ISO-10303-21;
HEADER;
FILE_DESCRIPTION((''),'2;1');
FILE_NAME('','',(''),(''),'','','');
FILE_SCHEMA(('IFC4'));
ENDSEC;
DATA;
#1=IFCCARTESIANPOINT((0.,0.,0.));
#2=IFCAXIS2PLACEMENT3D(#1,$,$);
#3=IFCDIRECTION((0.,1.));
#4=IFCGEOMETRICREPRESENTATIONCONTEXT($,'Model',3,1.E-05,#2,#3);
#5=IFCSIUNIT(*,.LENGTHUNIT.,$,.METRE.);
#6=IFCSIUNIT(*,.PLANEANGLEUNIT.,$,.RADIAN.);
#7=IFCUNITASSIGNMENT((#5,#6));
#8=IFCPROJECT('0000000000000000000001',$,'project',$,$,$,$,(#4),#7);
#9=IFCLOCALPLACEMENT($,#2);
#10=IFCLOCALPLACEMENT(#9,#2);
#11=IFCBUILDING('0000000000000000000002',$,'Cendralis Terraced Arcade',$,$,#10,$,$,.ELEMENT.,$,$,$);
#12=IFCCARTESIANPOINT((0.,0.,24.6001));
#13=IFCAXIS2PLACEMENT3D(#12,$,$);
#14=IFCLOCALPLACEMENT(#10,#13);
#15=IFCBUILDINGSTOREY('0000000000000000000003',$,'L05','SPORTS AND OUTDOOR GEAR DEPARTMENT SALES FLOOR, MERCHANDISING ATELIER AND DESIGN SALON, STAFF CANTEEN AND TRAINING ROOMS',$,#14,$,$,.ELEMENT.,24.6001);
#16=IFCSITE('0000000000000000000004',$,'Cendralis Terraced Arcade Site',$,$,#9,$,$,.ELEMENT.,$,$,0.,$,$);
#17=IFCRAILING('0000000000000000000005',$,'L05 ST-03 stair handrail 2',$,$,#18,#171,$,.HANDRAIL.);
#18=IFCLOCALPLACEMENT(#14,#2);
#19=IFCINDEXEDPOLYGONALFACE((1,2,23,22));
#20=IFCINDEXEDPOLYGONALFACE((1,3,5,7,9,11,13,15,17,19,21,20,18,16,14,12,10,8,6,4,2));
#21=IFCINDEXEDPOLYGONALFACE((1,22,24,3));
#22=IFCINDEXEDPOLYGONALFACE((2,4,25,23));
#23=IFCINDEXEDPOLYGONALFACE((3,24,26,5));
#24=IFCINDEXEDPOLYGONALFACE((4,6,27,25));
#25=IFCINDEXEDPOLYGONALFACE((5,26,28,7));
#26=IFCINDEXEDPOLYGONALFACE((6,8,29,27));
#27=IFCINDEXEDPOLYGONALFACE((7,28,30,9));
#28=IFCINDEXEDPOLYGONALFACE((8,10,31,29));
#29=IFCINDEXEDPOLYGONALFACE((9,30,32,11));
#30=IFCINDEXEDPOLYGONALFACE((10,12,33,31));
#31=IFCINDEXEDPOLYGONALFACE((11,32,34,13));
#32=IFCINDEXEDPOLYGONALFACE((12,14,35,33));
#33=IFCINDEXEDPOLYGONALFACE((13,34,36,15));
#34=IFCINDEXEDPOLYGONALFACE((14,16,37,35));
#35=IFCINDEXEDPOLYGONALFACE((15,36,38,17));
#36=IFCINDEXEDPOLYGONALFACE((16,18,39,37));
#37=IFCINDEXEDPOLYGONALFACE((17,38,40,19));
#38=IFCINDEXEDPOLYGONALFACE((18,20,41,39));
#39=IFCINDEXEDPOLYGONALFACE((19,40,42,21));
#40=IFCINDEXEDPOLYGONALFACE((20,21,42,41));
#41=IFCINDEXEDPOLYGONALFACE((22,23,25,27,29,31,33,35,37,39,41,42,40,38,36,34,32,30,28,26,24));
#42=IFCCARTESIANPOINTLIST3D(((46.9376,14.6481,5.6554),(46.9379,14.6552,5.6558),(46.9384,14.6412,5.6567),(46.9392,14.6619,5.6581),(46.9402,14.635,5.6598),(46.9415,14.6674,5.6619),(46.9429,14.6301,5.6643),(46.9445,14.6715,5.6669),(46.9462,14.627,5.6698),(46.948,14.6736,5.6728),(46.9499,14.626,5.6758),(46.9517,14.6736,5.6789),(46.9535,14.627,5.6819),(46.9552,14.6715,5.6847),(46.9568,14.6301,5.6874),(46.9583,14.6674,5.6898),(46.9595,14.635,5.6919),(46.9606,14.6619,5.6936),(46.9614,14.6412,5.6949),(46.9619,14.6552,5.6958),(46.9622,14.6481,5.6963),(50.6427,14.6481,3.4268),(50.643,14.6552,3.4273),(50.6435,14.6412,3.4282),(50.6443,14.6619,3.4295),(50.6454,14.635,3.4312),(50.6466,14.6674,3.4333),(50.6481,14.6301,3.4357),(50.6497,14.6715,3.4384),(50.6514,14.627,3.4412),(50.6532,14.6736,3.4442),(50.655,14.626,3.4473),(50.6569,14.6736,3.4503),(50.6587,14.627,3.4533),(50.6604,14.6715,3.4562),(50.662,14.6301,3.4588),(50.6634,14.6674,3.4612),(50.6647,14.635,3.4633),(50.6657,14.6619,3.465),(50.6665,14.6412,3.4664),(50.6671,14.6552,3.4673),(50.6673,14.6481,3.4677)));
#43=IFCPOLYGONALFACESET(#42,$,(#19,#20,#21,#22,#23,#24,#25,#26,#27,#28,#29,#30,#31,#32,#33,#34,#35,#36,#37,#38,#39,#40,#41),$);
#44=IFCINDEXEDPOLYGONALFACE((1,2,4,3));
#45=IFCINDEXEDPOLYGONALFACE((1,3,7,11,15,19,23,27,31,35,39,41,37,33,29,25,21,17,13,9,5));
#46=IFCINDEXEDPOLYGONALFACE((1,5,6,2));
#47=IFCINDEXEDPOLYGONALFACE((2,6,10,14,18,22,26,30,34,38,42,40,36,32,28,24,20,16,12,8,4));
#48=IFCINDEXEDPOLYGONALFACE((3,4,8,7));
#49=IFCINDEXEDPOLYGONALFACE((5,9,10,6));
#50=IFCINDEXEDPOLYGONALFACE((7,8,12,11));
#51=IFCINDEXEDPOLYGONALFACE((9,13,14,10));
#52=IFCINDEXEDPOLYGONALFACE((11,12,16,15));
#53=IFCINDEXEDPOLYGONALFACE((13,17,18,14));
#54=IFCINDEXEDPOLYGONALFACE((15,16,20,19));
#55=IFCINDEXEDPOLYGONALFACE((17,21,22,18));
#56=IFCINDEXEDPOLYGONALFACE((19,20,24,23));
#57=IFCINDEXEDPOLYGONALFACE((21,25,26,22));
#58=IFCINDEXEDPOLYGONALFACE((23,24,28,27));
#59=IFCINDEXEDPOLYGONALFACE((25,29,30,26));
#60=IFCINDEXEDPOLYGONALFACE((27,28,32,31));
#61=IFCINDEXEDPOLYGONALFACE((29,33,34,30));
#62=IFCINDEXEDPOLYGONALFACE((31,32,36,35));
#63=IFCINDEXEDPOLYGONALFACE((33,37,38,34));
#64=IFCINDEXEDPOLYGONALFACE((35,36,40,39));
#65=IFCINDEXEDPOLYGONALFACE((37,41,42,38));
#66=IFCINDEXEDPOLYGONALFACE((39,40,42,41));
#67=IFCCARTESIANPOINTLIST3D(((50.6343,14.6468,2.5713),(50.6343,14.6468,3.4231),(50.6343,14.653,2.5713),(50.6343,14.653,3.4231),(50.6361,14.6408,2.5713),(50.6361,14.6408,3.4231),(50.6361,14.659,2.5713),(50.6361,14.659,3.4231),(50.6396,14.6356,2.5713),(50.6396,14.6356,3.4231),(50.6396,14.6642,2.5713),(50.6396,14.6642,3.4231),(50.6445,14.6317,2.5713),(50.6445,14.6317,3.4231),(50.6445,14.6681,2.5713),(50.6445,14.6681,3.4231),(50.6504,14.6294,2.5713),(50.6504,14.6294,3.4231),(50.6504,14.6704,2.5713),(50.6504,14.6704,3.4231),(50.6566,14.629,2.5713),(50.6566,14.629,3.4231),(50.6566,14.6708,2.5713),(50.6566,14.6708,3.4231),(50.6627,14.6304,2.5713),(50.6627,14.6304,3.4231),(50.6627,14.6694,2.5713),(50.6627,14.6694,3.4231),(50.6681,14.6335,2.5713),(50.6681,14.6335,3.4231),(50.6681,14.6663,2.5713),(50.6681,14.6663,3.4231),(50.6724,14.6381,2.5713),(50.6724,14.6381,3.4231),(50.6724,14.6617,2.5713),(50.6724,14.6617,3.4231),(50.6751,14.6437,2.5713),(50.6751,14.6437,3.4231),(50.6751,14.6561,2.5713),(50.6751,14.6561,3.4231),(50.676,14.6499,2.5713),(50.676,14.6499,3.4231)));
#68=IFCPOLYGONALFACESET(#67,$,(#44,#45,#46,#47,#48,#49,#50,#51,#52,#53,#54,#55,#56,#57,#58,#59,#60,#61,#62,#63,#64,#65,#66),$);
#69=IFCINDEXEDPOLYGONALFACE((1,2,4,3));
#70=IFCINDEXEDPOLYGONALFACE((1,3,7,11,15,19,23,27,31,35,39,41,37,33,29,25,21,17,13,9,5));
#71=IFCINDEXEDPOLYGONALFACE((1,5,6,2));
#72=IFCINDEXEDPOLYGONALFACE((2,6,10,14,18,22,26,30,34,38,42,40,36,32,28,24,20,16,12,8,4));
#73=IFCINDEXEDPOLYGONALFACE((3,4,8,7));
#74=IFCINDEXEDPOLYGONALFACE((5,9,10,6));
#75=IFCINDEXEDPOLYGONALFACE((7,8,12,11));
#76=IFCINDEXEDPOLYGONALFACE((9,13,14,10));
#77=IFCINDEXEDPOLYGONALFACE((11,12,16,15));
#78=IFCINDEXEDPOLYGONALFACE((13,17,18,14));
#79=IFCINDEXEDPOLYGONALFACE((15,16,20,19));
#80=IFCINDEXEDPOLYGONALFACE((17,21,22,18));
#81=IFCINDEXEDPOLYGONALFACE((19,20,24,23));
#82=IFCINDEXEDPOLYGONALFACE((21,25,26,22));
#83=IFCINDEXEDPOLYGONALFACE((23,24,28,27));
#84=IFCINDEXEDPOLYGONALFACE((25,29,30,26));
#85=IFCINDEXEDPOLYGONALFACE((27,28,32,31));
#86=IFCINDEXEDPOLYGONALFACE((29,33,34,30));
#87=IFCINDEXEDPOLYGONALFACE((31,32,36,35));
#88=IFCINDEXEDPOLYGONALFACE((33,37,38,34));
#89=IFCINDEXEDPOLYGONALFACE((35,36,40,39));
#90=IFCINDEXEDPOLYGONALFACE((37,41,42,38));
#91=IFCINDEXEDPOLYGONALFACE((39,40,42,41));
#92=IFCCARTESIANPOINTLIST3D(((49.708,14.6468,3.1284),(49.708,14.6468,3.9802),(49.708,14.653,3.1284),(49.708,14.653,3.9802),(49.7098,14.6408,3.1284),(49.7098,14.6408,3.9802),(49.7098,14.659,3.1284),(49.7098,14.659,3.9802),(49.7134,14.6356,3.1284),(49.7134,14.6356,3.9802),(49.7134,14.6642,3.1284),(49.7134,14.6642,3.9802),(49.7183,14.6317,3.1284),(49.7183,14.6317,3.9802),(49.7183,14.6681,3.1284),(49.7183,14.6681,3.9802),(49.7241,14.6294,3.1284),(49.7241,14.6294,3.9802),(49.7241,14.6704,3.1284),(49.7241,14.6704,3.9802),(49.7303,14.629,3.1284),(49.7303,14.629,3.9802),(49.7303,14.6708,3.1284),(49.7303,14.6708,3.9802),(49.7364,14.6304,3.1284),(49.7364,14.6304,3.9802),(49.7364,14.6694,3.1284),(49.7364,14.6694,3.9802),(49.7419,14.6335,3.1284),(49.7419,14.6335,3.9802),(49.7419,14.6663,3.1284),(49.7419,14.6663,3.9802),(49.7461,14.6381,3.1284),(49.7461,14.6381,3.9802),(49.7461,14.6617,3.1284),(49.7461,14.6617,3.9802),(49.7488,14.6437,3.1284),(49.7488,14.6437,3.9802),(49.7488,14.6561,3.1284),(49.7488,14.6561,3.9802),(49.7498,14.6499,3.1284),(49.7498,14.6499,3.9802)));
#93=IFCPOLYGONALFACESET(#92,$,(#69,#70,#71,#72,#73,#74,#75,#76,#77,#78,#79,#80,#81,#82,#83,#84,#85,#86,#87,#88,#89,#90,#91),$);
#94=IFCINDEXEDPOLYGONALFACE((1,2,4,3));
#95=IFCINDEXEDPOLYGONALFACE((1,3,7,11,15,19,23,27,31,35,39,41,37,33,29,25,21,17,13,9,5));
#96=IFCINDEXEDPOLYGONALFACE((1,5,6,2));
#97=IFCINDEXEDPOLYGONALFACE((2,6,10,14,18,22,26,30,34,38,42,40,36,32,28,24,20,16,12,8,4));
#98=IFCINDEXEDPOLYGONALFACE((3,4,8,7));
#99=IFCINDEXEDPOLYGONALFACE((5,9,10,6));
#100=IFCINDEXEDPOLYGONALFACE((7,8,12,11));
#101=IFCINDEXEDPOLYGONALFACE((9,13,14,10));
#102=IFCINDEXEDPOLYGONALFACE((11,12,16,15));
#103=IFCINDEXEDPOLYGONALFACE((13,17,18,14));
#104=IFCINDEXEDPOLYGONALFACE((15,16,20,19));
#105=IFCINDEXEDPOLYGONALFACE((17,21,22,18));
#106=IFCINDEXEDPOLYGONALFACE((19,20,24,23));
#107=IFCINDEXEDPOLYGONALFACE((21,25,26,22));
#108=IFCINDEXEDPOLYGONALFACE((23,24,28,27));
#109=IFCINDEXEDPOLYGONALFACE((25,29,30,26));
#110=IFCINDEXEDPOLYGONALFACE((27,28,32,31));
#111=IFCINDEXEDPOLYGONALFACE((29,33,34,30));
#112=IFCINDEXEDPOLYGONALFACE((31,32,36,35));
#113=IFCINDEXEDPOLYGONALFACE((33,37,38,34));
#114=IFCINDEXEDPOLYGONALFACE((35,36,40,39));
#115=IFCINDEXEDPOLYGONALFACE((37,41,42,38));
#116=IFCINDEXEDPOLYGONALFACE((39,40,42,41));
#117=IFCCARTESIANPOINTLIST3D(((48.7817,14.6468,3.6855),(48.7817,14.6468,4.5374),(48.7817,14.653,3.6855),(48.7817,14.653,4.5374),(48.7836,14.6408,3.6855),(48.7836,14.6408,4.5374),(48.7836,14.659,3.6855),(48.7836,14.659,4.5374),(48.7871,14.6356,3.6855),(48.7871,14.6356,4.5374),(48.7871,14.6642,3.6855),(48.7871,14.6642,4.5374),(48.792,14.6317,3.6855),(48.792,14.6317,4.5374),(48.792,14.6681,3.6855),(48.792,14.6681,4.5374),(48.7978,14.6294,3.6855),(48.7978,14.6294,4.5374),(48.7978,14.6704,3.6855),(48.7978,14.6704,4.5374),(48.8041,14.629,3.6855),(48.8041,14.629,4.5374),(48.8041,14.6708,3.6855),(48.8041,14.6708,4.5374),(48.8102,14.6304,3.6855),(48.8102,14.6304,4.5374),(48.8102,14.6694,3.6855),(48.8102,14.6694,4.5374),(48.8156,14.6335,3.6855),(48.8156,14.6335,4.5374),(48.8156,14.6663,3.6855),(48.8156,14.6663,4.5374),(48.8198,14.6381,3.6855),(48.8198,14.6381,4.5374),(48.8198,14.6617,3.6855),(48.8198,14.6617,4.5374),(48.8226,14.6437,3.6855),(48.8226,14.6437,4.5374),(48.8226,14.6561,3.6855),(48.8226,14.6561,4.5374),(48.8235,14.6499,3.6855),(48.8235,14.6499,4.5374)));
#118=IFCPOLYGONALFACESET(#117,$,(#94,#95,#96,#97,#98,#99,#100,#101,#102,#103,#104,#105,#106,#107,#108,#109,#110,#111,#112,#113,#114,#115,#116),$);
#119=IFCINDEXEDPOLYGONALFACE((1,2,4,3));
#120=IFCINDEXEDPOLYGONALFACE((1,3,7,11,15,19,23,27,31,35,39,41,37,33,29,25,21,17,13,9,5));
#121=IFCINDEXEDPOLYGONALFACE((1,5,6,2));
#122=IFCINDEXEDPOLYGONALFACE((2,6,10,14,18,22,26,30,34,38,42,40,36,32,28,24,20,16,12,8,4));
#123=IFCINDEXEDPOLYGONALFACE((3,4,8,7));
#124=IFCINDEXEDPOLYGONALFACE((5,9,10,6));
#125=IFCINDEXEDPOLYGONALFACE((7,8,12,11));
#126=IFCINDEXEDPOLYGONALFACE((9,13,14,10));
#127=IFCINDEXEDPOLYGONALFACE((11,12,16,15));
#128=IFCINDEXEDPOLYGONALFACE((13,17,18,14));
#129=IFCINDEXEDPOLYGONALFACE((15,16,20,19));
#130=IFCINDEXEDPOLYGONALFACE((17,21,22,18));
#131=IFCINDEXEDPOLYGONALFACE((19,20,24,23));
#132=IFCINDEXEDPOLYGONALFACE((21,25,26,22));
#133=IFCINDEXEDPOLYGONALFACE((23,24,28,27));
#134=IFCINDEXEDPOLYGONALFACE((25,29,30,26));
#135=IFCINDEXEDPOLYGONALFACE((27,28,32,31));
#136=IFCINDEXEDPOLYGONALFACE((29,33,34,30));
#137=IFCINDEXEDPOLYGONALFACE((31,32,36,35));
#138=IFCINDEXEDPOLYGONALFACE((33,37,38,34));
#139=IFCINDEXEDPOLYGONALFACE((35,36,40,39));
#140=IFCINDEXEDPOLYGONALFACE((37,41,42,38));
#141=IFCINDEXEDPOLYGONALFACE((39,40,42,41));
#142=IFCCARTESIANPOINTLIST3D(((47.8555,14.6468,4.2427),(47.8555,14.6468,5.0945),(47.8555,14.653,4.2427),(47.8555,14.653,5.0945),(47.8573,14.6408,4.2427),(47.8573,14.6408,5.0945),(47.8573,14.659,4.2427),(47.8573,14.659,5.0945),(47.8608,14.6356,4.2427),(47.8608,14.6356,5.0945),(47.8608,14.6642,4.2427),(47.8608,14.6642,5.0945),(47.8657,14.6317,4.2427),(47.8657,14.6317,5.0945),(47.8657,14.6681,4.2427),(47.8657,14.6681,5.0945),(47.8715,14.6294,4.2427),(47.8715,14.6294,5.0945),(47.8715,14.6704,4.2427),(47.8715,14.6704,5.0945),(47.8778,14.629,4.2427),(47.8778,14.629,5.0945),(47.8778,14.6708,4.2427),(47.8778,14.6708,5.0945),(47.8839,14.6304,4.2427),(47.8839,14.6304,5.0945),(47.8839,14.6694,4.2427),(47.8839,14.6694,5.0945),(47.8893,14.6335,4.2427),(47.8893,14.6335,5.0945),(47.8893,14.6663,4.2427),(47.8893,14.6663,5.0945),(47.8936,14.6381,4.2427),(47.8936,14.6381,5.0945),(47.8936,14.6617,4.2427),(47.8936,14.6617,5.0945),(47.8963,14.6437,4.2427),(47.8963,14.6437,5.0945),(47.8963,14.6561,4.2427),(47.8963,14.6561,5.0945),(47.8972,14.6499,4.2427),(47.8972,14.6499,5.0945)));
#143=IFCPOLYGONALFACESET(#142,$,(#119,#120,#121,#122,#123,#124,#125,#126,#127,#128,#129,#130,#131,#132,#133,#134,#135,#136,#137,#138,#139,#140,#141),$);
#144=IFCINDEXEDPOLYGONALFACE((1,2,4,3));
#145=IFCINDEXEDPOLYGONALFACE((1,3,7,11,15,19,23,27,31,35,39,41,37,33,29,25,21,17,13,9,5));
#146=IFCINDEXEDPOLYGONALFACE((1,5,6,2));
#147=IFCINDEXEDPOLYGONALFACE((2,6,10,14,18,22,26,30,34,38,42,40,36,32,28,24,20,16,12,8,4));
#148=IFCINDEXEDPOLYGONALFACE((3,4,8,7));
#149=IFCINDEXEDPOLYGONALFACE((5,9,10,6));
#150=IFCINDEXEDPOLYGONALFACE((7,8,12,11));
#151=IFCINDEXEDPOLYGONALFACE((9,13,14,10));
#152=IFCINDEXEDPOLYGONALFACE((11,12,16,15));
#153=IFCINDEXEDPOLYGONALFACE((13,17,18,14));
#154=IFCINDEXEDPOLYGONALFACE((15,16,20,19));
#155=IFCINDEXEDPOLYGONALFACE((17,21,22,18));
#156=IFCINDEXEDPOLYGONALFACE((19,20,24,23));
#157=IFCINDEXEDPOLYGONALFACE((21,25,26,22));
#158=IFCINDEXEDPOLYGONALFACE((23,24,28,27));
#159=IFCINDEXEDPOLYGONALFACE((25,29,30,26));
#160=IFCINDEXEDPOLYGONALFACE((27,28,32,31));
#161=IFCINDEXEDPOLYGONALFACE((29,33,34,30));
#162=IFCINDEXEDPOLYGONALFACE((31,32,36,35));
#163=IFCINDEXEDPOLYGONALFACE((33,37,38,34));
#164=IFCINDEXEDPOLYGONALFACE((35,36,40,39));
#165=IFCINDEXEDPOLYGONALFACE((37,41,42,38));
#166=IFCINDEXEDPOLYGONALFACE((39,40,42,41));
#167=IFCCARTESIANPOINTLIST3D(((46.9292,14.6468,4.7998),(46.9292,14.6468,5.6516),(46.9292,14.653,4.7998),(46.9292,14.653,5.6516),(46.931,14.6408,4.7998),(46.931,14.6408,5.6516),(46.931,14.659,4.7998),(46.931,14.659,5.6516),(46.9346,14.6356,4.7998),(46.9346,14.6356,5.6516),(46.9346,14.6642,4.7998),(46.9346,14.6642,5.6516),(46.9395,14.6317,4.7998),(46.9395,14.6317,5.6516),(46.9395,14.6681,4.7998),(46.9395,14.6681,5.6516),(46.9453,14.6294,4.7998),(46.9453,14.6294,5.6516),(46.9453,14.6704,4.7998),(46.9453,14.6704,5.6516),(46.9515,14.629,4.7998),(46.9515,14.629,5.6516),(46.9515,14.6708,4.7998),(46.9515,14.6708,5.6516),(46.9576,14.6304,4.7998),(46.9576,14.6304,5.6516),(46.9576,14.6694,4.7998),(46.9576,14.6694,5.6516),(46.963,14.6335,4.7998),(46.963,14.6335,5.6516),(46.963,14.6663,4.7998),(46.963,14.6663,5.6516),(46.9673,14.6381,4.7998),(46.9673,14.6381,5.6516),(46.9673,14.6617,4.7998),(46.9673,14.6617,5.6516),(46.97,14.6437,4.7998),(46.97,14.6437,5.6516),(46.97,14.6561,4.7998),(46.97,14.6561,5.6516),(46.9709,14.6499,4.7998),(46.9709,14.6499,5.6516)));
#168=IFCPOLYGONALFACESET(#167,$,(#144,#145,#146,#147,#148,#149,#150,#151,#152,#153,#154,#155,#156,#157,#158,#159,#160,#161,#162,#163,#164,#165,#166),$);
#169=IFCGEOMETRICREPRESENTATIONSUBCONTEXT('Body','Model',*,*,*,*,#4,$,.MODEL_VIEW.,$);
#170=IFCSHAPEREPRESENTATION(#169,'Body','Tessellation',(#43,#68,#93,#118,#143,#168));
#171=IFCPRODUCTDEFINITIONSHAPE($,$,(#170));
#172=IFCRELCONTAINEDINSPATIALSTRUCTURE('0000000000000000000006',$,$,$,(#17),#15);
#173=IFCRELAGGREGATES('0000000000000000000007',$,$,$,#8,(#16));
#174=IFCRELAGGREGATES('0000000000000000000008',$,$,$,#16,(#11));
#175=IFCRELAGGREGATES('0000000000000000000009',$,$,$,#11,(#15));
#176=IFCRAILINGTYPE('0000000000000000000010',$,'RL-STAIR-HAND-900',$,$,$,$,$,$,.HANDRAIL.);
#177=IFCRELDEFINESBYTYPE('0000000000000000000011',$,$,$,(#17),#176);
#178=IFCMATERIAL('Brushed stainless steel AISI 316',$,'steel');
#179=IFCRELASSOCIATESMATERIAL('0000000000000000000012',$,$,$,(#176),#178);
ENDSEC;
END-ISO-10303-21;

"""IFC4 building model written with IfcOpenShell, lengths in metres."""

from ifc_helpers import new_model, si_unit, direction, frame, origin, origin_2d, place, context, subcontext, project, spatial, circle, extrude, material, type_object, element, save


model = new_model("IFC4")

# Units and contexts
model_context = context("Model", 3, precision=1e-05, world=origin(), true_north=direction((0.0, 1.0)))
body_context = subcontext(model_context, "Body", "Model", "MODEL_VIEW")
ifc_project = project(units=[si_unit("LENGTHUNIT", "METRE"), si_unit("PLANEANGLEUNIT", "RADIAN")], contexts=[model_context])

# Site, building, storey
site_placement = place(None, origin())
site = spatial("IfcSite", under=ifc_project, at=site_placement, Name="Cendralis Terraced Arcade Site", CompositionType="ELEMENT", RefElevation=0.0)
building_placement = place(site_placement, origin())
building = spatial("IfcBuilding", under=site, at=building_placement, Name="Cendralis Terraced Arcade", CompositionType="ELEMENT")
storey_placement = place(building_placement, frame((0.0, 0.0, 24.6001)))
storey = spatial("IfcBuildingStorey", under=building, at=storey_placement, Name="L05", Description="SPORTS AND OUTDOOR GEAR DEPARTMENT SALES FLOOR, MERCHANDISING ATELIER AND DESIGN SALON, STAFF CANTEEN AND TRAINING ROOMS", CompositionType="ELEMENT", Elevation=24.6001)

# Railing
ifc_material_1 = material(Name="Brushed stainless steel AISI 316", Category="steel")
railing_type_1 = type_object("IfcRailingType", Name="RL-STAIR-HAND-900", PredefinedType="HANDRAIL", material=ifc_material_1)
railing_1_placement = place(storey_placement, frame((50.655, 14.6499, 2.5713)))
element("IfcRailing", 1, at=railing_1_placement, inside=storey, type_object=railing_type_1, Name="L05 ST-03 stair handrail 2", PredefinedType="HANDRAIL", context=body_context, shape_type="SweptSolid", body=[
    extrude(circle(Radius=0.0239, at=origin_2d()), frame((0.0, 0.0, 0.876), z_axis=(-0.856934, 0.0, 0.515425), x_axis=(0.0, -1.0, 0.0)), (0.0, 0.0, 1.0), 4.3237),
    extrude(circle(Radius=0.021, at=origin_2d()), origin(), (0.0, 0.0, 1.0), 0.8518),
    extrude(circle(Radius=0.021, at=origin_2d()), frame((-0.9263, 0.0, 0.5571)), (0.0, 0.0, 1.0), 0.8518),
    extrude(circle(Radius=0.021, at=origin_2d()), frame((-1.8525, 0.0, 1.1143)), (0.0, 0.0, 1.0), 0.8518),
    extrude(circle(Radius=0.021, at=origin_2d()), frame((-2.7788, 0.0, 1.6714)), (0.0, 0.0, 1.0), 0.8518),
    extrude(circle(Radius=0.021, at=origin_2d()), frame((-3.7051, 0.0, 2.2285)), (0.0, 0.0, 1.0), 0.8518),
])

save(model, "model.ifc")
